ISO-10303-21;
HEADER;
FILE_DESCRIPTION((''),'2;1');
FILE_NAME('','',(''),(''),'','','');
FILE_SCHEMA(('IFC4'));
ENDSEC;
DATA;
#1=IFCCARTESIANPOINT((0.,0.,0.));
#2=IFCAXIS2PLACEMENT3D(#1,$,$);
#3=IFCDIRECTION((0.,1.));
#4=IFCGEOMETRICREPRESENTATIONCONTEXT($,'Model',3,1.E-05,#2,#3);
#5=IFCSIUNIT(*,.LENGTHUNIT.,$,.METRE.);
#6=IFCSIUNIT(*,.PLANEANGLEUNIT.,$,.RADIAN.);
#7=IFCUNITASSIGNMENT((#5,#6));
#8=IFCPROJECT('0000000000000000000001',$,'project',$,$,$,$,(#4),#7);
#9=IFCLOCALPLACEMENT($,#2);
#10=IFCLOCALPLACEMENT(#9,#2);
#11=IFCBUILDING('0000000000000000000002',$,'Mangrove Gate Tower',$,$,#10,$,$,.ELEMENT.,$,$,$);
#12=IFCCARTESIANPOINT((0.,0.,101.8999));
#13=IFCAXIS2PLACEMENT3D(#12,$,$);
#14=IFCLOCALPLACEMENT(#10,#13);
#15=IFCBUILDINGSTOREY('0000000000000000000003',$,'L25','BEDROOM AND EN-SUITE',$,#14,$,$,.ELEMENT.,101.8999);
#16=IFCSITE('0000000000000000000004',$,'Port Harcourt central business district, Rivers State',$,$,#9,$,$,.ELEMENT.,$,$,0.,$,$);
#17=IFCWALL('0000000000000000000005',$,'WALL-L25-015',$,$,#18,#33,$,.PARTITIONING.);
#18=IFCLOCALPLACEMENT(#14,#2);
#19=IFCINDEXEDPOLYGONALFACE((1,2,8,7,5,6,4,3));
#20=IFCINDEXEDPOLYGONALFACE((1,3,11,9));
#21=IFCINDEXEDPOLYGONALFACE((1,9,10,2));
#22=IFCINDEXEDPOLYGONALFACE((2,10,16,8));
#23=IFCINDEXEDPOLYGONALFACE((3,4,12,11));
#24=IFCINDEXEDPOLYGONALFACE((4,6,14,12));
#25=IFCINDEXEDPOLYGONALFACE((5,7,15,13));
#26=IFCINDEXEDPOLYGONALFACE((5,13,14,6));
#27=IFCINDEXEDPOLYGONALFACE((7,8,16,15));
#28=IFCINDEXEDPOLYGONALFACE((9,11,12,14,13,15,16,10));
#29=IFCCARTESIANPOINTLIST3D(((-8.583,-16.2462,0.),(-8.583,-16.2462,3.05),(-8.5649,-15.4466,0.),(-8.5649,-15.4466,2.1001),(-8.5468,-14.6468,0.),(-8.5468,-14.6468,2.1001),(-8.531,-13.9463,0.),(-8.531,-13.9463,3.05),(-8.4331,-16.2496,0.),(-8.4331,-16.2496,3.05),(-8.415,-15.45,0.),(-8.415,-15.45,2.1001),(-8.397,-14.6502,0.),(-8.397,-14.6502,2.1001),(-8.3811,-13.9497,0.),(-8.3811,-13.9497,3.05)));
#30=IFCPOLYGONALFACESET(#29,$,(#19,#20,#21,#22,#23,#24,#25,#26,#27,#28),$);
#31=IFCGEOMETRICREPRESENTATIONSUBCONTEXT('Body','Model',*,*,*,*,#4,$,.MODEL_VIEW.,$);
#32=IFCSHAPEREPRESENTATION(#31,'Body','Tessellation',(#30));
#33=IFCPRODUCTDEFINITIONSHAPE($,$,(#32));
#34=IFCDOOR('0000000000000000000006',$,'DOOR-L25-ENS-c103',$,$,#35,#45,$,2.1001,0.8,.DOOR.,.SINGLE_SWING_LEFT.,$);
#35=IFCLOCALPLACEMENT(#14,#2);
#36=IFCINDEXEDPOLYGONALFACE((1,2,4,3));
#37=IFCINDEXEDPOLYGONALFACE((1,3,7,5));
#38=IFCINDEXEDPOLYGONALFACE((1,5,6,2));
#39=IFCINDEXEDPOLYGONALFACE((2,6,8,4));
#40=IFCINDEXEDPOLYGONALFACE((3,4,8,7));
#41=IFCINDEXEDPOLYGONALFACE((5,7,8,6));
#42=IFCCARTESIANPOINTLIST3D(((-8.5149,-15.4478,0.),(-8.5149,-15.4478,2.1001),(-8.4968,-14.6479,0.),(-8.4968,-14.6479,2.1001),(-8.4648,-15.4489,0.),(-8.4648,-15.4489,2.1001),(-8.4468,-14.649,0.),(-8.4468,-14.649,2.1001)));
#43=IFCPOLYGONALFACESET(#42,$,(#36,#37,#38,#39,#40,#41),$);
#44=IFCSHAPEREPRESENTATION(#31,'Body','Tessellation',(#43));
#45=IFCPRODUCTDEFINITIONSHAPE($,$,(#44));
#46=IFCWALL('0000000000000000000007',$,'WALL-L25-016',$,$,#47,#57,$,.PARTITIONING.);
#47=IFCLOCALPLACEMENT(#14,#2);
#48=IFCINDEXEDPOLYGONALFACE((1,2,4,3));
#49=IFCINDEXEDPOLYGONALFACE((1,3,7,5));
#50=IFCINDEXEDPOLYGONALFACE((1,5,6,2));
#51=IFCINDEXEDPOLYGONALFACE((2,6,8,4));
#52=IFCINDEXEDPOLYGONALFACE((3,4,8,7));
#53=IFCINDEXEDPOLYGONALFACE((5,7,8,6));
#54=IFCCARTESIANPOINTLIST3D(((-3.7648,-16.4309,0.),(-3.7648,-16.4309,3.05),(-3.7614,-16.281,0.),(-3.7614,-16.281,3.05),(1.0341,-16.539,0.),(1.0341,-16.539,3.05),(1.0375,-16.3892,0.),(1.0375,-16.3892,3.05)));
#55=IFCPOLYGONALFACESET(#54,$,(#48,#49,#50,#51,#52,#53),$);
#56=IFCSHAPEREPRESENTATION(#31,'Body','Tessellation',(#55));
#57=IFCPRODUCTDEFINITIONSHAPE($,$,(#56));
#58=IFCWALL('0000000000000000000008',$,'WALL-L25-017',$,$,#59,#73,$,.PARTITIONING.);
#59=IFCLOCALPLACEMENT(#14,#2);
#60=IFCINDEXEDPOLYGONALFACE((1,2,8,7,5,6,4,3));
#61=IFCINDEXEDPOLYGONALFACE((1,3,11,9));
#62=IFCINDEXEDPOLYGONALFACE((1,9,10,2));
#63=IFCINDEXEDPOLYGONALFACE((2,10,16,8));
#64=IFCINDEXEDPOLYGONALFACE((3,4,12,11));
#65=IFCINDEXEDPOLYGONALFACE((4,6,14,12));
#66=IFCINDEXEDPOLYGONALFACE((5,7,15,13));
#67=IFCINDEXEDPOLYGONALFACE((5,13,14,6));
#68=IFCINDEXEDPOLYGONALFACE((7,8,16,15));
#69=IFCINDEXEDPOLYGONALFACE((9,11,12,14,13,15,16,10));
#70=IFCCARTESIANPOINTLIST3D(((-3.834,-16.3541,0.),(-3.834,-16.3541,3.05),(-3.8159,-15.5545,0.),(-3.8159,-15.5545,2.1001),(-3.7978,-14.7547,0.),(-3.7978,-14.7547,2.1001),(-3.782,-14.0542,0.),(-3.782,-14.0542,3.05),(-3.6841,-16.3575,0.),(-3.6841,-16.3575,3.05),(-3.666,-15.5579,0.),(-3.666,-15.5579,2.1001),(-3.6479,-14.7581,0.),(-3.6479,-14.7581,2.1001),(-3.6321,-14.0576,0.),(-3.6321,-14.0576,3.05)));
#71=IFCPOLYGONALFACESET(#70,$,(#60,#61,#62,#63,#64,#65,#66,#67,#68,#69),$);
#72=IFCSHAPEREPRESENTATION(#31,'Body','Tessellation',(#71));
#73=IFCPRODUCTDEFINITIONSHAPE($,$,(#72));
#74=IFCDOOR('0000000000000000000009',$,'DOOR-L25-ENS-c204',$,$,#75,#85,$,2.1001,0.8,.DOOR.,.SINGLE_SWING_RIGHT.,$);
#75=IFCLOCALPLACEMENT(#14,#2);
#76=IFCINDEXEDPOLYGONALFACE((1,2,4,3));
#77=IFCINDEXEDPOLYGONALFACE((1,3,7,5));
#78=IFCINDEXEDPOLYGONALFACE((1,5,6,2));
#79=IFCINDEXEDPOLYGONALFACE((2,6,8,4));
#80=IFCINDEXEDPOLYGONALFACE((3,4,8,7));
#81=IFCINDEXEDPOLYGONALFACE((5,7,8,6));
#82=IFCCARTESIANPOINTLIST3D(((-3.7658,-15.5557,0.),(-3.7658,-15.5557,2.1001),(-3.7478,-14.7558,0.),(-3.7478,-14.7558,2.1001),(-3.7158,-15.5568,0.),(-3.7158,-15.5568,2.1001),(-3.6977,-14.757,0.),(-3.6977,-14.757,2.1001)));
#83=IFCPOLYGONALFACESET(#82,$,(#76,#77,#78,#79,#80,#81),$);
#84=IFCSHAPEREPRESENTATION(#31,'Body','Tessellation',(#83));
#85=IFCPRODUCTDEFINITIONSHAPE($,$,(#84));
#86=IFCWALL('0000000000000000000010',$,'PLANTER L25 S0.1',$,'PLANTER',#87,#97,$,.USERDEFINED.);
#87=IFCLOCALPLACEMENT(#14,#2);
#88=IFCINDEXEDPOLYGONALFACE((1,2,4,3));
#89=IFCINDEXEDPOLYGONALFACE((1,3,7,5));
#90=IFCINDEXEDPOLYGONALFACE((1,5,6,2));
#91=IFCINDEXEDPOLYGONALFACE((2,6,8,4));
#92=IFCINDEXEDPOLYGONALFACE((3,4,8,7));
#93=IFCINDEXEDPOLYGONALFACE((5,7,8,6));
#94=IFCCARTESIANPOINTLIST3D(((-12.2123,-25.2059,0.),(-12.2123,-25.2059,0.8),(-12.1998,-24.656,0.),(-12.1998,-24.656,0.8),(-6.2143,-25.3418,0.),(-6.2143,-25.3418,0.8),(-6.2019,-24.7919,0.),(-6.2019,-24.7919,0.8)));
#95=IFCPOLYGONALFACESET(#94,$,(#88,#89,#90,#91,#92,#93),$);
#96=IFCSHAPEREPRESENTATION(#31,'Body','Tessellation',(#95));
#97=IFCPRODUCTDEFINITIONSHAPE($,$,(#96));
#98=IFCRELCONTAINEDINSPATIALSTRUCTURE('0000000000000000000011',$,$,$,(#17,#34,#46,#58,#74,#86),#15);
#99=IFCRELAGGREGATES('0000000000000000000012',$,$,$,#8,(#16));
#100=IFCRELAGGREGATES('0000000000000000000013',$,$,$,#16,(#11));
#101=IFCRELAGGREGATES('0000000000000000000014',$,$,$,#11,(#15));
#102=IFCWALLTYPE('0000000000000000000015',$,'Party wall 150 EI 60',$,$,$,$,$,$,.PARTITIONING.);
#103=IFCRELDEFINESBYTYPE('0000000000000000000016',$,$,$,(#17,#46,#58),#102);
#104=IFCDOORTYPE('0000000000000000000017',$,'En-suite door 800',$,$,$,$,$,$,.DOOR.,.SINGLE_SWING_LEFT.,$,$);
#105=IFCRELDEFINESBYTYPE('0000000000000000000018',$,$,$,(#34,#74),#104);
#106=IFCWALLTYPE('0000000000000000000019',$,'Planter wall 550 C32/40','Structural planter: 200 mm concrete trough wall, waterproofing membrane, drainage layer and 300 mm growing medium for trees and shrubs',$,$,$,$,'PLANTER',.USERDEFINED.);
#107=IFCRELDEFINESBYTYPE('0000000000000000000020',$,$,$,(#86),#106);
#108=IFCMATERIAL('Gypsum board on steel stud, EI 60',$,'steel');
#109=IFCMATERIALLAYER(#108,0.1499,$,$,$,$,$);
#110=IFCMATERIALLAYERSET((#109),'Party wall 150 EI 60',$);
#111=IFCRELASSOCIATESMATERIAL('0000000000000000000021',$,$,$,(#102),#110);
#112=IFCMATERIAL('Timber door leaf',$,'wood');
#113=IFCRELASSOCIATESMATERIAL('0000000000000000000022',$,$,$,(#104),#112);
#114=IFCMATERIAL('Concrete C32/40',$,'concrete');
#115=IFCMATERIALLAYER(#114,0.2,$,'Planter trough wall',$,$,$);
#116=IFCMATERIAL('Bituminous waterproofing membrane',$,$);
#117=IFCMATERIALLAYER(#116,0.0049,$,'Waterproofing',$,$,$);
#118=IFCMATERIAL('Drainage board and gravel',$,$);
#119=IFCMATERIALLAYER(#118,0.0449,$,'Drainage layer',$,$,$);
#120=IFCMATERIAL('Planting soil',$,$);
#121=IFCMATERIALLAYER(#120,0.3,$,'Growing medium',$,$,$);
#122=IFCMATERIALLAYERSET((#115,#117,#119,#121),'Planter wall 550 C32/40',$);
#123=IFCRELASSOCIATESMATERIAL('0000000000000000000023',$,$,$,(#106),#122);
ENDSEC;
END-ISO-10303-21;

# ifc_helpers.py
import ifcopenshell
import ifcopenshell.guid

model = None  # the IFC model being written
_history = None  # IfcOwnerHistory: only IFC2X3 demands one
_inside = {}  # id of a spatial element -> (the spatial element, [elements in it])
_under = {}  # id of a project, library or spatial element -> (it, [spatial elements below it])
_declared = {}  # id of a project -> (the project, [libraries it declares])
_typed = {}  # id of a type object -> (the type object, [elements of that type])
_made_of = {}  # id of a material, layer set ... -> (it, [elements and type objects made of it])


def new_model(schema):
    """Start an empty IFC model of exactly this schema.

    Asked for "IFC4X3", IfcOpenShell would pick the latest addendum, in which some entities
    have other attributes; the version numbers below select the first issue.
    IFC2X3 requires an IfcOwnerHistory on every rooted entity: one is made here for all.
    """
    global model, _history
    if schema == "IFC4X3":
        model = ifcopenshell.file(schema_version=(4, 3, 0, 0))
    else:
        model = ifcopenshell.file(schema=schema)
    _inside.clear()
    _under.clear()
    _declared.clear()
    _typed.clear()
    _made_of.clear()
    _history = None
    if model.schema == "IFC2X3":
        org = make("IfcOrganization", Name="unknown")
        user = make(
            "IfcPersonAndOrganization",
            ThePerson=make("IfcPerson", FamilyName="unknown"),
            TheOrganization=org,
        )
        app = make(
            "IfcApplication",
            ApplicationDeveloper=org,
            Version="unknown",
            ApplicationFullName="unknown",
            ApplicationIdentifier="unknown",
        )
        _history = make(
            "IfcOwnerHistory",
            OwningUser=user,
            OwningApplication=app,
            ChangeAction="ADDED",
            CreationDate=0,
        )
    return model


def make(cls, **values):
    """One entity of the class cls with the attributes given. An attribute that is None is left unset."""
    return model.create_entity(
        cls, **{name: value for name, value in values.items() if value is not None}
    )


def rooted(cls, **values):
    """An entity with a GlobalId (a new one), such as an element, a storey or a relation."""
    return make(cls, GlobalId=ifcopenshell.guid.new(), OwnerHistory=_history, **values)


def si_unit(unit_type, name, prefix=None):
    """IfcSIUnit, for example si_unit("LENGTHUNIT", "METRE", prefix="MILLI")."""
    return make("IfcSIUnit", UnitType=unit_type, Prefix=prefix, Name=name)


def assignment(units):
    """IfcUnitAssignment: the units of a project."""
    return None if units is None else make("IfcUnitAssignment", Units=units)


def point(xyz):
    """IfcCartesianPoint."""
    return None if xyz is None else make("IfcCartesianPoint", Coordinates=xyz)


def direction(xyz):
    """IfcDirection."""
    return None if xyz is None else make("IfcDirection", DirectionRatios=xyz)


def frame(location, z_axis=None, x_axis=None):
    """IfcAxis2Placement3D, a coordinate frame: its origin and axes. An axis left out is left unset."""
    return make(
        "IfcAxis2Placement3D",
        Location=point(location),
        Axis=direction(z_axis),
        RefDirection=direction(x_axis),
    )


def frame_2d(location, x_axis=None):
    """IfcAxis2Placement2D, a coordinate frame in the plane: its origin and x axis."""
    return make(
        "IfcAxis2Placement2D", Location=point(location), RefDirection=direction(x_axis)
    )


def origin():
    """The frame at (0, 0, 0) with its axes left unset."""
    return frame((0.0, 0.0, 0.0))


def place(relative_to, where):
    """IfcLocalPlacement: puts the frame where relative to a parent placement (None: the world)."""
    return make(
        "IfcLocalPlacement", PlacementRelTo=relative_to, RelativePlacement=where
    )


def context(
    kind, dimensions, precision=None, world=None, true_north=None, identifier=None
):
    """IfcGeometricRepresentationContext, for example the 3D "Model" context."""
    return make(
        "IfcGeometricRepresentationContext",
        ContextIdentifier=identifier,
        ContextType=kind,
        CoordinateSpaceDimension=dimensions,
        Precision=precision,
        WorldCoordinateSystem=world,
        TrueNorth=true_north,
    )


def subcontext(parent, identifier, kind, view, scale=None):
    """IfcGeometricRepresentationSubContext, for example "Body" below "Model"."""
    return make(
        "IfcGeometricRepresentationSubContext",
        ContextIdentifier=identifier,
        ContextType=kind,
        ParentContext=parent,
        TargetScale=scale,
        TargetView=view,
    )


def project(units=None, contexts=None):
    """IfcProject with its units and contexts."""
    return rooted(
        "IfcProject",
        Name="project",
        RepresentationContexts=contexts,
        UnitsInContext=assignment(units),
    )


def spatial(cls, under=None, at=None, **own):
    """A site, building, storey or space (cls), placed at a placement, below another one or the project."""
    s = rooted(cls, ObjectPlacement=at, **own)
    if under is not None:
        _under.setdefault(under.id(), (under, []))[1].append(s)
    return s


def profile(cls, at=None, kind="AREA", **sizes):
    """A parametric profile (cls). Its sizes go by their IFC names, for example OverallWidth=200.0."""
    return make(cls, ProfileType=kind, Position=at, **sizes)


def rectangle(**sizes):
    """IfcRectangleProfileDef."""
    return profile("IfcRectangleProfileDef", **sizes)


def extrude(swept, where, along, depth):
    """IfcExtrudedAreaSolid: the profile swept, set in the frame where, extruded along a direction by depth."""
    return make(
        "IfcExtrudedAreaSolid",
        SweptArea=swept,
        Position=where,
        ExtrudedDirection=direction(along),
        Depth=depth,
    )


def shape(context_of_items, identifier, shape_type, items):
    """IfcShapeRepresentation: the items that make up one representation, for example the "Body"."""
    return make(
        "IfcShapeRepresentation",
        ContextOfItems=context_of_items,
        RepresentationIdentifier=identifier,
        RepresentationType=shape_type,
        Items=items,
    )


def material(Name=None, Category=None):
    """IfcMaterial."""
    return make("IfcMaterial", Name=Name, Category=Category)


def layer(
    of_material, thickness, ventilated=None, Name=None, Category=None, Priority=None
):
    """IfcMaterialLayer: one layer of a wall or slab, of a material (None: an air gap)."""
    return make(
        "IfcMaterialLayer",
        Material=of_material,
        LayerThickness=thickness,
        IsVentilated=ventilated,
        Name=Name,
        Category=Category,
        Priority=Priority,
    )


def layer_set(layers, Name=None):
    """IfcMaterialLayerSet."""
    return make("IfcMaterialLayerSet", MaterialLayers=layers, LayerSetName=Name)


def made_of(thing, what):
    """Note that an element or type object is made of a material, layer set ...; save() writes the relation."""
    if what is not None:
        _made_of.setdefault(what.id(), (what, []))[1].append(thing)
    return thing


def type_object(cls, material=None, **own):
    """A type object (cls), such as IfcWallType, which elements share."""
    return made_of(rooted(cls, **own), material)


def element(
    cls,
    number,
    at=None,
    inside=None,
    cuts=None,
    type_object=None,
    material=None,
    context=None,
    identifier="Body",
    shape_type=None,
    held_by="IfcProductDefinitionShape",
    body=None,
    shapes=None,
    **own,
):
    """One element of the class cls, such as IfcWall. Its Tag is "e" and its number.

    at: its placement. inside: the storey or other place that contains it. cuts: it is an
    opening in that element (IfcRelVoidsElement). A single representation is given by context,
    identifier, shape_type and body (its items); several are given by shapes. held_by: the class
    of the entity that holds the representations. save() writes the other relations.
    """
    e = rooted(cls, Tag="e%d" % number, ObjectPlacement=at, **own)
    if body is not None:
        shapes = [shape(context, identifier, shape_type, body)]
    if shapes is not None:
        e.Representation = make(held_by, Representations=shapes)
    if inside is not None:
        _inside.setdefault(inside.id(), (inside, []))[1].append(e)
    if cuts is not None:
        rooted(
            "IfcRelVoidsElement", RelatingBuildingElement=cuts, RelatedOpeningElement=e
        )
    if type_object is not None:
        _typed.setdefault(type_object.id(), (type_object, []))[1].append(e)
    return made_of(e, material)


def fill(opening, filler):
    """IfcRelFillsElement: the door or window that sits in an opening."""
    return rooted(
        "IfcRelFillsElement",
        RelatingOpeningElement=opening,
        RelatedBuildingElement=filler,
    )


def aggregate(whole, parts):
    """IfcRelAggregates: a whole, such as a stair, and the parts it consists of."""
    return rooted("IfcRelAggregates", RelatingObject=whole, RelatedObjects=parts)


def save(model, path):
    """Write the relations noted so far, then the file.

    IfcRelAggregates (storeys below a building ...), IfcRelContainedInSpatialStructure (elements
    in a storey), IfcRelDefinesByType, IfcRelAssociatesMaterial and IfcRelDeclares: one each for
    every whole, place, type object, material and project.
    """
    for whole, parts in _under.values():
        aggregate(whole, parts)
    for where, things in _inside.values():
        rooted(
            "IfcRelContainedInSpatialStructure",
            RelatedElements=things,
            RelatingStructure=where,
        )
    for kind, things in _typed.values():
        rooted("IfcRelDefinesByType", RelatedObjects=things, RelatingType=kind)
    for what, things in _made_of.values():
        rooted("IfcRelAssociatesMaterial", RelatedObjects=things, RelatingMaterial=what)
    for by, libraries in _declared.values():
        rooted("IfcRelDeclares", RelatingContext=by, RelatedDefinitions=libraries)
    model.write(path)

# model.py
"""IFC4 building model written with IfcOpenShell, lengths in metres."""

from ifc_helpers import new_model, si_unit, direction, frame, frame_2d, origin, place, context, subcontext, project, spatial, rectangle, extrude, material, layer, layer_set, type_object, element, fill, save


model = new_model("IFC4")

# Units and contexts
model_context = context("Model", 3, precision=1e-05, world=origin(), true_north=direction((0.0, 1.0)))
body_context = subcontext(model_context, "Body", "Model", "MODEL_VIEW")
ifc_project = project(units=[si_unit("LENGTHUNIT", "METRE"), si_unit("PLANEANGLEUNIT", "RADIAN")], contexts=[model_context])

# Site, building, storey
site_placement = place(None, origin())
site = spatial("IfcSite", under=ifc_project, at=site_placement, Name="Port Harcourt central business district, Rivers State", CompositionType="ELEMENT", RefElevation=0.0)
building_placement = place(site_placement, origin())
building = spatial("IfcBuilding", under=site, at=building_placement, Name="Mangrove Gate Tower", CompositionType="ELEMENT")
storey_placement = place(building_placement, frame((0.0, 0.0, 101.8999)))
storey = spatial("IfcBuildingStorey", under=building, at=storey_placement, Name="L25", Description="BEDROOM AND EN-SUITE", CompositionType="ELEMENT", Elevation=101.8999)

# Shared definitions
ifc_material_1 = material(Name="Gypsum board on steel stud, EI 60", Category="steel")
ifc_layer_1 = layer(ifc_material_1, 0.1499)
ifc_layer_set_1 = layer_set([ifc_layer_1], Name="Party wall 150 EI 60")
wall_type_1 = type_object("IfcWallType", Name="Party wall 150 EI 60", PredefinedType="PARTITIONING", material=ifc_layer_set_1)

# Wall, opening, door
ifc_material_2 = material(Name="Timber door leaf", Category="wood")
door_type = type_object("IfcDoorType", Name="En-suite door 800", OperationType="SINGLE_SWING_LEFT", PredefinedType="DOOR", material=ifc_material_2)
wall_1_placement = place(storey_placement, frame((-8.5081, -16.248, 0.0), z_axis=(0.0, 0.0, 1.0), x_axis=(0.022603, 0.999745, 0.0)))
wall_1 = element("IfcWall", 1, at=wall_1_placement, inside=storey, type_object=wall_type_1, Name="WALL-L25-015", PredefinedType="PARTITIONING", context=body_context, shape_type="SweptSolid", body=[
    extrude(rectangle(XDim=2.3005, YDim=0.1499, at=frame_2d((1.1504, 0.0))), origin(), (0.0, 0.0, 1.0), 3.05),
])
opening_1_placement = place(wall_1_placement, frame((0.8, 0.0, 0.0)))
opening_1 = element("IfcOpeningElement", 2, at=opening_1_placement, cuts=wall_1, PredefinedType="OPENING", context=body_context, shape_type="SweptSolid", body=[
    extrude(rectangle(XDim=0.8, YDim=2.1001, at=frame_2d((0.3999, 1.05))), frame((0.0, 0.085, 0.0), z_axis=(0.0, -1.0, 0.0), x_axis=(1.0, 0.0, 0.0)), (0.0, 0.0, 1.0), 0.1699),
])
door_1_placement = place(opening_1_placement, origin())
door_1 = element("IfcDoor", 3, at=door_1_placement, inside=storey, type_object=door_type, Name="DOOR-L25-ENS-c103", OperationType="SINGLE_SWING_LEFT", OverallHeight=2.1001, OverallWidth=0.8, PredefinedType="DOOR", context=body_context, shape_type="SweptSolid", body=[
    extrude(rectangle(XDim=0.8, YDim=2.1001, at=frame_2d((0.3999, 1.05))), frame((0.0, 0.0249, 0.0), z_axis=(0.0, -1.0, 0.0), x_axis=(1.0, 0.0, 0.0)), (0.0, 0.0, 1.0), 0.05),
])
fill(opening_1, door_1)

# Wall
wall_2_placement = place(storey_placement, frame((-3.7629, -16.356, 0.0), z_axis=(0.0, 0.0, 1.0), x_axis=(0.999746, -0.022532, 0.0)))
element("IfcWall", 4, at=wall_2_placement, inside=storey, type_object=wall_type_1, Name="WALL-L25-016", PredefinedType="PARTITIONING", context=body_context, shape_type="SweptSolid", body=[
    extrude(rectangle(XDim=4.8, YDim=0.1499, at=frame_2d((2.3999, 0.0))), origin(), (0.0, 0.0, 1.0), 3.05),
])

# Wall, opening, door
wall_3_placement = place(storey_placement, frame((-3.759, -16.356, 0.0), z_axis=(0.0, 0.0, 1.0), x_axis=(0.022603, 0.999745, 0.0)))
wall_3 = element("IfcWall", 5, at=wall_3_placement, inside=storey, type_object=wall_type_1, Name="WALL-L25-017", PredefinedType="PARTITIONING", context=body_context, shape_type="SweptSolid", body=[
    extrude(rectangle(XDim=2.3005, YDim=0.1499, at=frame_2d((1.1504, 0.0))), origin(), (0.0, 0.0, 1.0), 3.05),
])
opening_2_placement = place(wall_3_placement, frame((0.8, 0.0, 0.0)))
opening_2 = element("IfcOpeningElement", 6, at=opening_2_placement, cuts=wall_3, PredefinedType="OPENING", context=body_context, shape_type="SweptSolid", body=[
    extrude(rectangle(XDim=0.8, YDim=2.1001, at=frame_2d((0.3999, 1.05))), frame((0.0, 0.085, 0.0), z_axis=(0.0, -1.0, 0.0), x_axis=(1.0, 0.0, 0.0)), (0.0, 0.0, 1.0), 0.1699),
])
door_2_placement = place(opening_2_placement, origin())
door_2 = element("IfcDoor", 7, at=door_2_placement, inside=storey, type_object=door_type, Name="DOOR-L25-ENS-c204", OperationType="SINGLE_SWING_RIGHT", OverallHeight=2.1001, OverallWidth=0.8, PredefinedType="DOOR", context=body_context, shape_type="SweptSolid", body=[
    extrude(rectangle(XDim=0.8, YDim=2.1001, at=frame_2d((0.3999, 1.05))), frame((0.0, 0.0249, 0.0), z_axis=(0.0, -1.0, 0.0), x_axis=(1.0, 0.0, 0.0)), (0.0, 0.0, 1.0), 0.05),
])
fill(opening_2, door_2)

# Wall
ifc_material_3 = material(Name="Concrete C32/40", Category="concrete")
ifc_layer_2 = layer(ifc_material_3, 0.2, Name="Planter trough wall")
ifc_material_4 = material(Name="Bituminous waterproofing membrane")
ifc_layer_3 = layer(ifc_material_4, 0.0049, Name="Waterproofing")
ifc_material_5 = material(Name="Drainage board and gravel")
ifc_layer_4 = layer(ifc_material_5, 0.0449, Name="Drainage layer")
ifc_material_6 = material(Name="Planting soil")
ifc_layer_5 = layer(ifc_material_6, 0.3, Name="Growing medium")
ifc_layer_set_2 = layer_set([ifc_layer_2, ifc_layer_3, ifc_layer_4, ifc_layer_5], Name="Planter wall 550 C32/40")
wall_type_2 = type_object("IfcWallType", Name="Planter wall 550 C32/40", Description="Structural planter: 200 mm concrete trough wall, waterproofing membrane, drainage layer and 300 mm growing medium for trees and shrubs", ElementType="PLANTER", PredefinedType="USERDEFINED", material=ifc_layer_set_2)
wall_4_placement = place(storey_placement, frame((-12.2061, -24.9309, 0.0), z_axis=(0.0, 0.0, 1.0), x_axis=(0.999743, -0.022666, 0.0)))
element("IfcWall", 8, at=wall_4_placement, inside=storey, type_object=wall_type_2, Name="PLANTER L25 S0.1", ObjectType="PLANTER", PredefinedType="USERDEFINED", context=body_context, shape_type="SweptSolid", body=[
    extrude(rectangle(XDim=5.9995, YDim=0.55, at=frame_2d((2.9998, 0.0))), origin(), (0.0, 0.0, 1.0), 0.8),
])

save(model, "model.ifc")
